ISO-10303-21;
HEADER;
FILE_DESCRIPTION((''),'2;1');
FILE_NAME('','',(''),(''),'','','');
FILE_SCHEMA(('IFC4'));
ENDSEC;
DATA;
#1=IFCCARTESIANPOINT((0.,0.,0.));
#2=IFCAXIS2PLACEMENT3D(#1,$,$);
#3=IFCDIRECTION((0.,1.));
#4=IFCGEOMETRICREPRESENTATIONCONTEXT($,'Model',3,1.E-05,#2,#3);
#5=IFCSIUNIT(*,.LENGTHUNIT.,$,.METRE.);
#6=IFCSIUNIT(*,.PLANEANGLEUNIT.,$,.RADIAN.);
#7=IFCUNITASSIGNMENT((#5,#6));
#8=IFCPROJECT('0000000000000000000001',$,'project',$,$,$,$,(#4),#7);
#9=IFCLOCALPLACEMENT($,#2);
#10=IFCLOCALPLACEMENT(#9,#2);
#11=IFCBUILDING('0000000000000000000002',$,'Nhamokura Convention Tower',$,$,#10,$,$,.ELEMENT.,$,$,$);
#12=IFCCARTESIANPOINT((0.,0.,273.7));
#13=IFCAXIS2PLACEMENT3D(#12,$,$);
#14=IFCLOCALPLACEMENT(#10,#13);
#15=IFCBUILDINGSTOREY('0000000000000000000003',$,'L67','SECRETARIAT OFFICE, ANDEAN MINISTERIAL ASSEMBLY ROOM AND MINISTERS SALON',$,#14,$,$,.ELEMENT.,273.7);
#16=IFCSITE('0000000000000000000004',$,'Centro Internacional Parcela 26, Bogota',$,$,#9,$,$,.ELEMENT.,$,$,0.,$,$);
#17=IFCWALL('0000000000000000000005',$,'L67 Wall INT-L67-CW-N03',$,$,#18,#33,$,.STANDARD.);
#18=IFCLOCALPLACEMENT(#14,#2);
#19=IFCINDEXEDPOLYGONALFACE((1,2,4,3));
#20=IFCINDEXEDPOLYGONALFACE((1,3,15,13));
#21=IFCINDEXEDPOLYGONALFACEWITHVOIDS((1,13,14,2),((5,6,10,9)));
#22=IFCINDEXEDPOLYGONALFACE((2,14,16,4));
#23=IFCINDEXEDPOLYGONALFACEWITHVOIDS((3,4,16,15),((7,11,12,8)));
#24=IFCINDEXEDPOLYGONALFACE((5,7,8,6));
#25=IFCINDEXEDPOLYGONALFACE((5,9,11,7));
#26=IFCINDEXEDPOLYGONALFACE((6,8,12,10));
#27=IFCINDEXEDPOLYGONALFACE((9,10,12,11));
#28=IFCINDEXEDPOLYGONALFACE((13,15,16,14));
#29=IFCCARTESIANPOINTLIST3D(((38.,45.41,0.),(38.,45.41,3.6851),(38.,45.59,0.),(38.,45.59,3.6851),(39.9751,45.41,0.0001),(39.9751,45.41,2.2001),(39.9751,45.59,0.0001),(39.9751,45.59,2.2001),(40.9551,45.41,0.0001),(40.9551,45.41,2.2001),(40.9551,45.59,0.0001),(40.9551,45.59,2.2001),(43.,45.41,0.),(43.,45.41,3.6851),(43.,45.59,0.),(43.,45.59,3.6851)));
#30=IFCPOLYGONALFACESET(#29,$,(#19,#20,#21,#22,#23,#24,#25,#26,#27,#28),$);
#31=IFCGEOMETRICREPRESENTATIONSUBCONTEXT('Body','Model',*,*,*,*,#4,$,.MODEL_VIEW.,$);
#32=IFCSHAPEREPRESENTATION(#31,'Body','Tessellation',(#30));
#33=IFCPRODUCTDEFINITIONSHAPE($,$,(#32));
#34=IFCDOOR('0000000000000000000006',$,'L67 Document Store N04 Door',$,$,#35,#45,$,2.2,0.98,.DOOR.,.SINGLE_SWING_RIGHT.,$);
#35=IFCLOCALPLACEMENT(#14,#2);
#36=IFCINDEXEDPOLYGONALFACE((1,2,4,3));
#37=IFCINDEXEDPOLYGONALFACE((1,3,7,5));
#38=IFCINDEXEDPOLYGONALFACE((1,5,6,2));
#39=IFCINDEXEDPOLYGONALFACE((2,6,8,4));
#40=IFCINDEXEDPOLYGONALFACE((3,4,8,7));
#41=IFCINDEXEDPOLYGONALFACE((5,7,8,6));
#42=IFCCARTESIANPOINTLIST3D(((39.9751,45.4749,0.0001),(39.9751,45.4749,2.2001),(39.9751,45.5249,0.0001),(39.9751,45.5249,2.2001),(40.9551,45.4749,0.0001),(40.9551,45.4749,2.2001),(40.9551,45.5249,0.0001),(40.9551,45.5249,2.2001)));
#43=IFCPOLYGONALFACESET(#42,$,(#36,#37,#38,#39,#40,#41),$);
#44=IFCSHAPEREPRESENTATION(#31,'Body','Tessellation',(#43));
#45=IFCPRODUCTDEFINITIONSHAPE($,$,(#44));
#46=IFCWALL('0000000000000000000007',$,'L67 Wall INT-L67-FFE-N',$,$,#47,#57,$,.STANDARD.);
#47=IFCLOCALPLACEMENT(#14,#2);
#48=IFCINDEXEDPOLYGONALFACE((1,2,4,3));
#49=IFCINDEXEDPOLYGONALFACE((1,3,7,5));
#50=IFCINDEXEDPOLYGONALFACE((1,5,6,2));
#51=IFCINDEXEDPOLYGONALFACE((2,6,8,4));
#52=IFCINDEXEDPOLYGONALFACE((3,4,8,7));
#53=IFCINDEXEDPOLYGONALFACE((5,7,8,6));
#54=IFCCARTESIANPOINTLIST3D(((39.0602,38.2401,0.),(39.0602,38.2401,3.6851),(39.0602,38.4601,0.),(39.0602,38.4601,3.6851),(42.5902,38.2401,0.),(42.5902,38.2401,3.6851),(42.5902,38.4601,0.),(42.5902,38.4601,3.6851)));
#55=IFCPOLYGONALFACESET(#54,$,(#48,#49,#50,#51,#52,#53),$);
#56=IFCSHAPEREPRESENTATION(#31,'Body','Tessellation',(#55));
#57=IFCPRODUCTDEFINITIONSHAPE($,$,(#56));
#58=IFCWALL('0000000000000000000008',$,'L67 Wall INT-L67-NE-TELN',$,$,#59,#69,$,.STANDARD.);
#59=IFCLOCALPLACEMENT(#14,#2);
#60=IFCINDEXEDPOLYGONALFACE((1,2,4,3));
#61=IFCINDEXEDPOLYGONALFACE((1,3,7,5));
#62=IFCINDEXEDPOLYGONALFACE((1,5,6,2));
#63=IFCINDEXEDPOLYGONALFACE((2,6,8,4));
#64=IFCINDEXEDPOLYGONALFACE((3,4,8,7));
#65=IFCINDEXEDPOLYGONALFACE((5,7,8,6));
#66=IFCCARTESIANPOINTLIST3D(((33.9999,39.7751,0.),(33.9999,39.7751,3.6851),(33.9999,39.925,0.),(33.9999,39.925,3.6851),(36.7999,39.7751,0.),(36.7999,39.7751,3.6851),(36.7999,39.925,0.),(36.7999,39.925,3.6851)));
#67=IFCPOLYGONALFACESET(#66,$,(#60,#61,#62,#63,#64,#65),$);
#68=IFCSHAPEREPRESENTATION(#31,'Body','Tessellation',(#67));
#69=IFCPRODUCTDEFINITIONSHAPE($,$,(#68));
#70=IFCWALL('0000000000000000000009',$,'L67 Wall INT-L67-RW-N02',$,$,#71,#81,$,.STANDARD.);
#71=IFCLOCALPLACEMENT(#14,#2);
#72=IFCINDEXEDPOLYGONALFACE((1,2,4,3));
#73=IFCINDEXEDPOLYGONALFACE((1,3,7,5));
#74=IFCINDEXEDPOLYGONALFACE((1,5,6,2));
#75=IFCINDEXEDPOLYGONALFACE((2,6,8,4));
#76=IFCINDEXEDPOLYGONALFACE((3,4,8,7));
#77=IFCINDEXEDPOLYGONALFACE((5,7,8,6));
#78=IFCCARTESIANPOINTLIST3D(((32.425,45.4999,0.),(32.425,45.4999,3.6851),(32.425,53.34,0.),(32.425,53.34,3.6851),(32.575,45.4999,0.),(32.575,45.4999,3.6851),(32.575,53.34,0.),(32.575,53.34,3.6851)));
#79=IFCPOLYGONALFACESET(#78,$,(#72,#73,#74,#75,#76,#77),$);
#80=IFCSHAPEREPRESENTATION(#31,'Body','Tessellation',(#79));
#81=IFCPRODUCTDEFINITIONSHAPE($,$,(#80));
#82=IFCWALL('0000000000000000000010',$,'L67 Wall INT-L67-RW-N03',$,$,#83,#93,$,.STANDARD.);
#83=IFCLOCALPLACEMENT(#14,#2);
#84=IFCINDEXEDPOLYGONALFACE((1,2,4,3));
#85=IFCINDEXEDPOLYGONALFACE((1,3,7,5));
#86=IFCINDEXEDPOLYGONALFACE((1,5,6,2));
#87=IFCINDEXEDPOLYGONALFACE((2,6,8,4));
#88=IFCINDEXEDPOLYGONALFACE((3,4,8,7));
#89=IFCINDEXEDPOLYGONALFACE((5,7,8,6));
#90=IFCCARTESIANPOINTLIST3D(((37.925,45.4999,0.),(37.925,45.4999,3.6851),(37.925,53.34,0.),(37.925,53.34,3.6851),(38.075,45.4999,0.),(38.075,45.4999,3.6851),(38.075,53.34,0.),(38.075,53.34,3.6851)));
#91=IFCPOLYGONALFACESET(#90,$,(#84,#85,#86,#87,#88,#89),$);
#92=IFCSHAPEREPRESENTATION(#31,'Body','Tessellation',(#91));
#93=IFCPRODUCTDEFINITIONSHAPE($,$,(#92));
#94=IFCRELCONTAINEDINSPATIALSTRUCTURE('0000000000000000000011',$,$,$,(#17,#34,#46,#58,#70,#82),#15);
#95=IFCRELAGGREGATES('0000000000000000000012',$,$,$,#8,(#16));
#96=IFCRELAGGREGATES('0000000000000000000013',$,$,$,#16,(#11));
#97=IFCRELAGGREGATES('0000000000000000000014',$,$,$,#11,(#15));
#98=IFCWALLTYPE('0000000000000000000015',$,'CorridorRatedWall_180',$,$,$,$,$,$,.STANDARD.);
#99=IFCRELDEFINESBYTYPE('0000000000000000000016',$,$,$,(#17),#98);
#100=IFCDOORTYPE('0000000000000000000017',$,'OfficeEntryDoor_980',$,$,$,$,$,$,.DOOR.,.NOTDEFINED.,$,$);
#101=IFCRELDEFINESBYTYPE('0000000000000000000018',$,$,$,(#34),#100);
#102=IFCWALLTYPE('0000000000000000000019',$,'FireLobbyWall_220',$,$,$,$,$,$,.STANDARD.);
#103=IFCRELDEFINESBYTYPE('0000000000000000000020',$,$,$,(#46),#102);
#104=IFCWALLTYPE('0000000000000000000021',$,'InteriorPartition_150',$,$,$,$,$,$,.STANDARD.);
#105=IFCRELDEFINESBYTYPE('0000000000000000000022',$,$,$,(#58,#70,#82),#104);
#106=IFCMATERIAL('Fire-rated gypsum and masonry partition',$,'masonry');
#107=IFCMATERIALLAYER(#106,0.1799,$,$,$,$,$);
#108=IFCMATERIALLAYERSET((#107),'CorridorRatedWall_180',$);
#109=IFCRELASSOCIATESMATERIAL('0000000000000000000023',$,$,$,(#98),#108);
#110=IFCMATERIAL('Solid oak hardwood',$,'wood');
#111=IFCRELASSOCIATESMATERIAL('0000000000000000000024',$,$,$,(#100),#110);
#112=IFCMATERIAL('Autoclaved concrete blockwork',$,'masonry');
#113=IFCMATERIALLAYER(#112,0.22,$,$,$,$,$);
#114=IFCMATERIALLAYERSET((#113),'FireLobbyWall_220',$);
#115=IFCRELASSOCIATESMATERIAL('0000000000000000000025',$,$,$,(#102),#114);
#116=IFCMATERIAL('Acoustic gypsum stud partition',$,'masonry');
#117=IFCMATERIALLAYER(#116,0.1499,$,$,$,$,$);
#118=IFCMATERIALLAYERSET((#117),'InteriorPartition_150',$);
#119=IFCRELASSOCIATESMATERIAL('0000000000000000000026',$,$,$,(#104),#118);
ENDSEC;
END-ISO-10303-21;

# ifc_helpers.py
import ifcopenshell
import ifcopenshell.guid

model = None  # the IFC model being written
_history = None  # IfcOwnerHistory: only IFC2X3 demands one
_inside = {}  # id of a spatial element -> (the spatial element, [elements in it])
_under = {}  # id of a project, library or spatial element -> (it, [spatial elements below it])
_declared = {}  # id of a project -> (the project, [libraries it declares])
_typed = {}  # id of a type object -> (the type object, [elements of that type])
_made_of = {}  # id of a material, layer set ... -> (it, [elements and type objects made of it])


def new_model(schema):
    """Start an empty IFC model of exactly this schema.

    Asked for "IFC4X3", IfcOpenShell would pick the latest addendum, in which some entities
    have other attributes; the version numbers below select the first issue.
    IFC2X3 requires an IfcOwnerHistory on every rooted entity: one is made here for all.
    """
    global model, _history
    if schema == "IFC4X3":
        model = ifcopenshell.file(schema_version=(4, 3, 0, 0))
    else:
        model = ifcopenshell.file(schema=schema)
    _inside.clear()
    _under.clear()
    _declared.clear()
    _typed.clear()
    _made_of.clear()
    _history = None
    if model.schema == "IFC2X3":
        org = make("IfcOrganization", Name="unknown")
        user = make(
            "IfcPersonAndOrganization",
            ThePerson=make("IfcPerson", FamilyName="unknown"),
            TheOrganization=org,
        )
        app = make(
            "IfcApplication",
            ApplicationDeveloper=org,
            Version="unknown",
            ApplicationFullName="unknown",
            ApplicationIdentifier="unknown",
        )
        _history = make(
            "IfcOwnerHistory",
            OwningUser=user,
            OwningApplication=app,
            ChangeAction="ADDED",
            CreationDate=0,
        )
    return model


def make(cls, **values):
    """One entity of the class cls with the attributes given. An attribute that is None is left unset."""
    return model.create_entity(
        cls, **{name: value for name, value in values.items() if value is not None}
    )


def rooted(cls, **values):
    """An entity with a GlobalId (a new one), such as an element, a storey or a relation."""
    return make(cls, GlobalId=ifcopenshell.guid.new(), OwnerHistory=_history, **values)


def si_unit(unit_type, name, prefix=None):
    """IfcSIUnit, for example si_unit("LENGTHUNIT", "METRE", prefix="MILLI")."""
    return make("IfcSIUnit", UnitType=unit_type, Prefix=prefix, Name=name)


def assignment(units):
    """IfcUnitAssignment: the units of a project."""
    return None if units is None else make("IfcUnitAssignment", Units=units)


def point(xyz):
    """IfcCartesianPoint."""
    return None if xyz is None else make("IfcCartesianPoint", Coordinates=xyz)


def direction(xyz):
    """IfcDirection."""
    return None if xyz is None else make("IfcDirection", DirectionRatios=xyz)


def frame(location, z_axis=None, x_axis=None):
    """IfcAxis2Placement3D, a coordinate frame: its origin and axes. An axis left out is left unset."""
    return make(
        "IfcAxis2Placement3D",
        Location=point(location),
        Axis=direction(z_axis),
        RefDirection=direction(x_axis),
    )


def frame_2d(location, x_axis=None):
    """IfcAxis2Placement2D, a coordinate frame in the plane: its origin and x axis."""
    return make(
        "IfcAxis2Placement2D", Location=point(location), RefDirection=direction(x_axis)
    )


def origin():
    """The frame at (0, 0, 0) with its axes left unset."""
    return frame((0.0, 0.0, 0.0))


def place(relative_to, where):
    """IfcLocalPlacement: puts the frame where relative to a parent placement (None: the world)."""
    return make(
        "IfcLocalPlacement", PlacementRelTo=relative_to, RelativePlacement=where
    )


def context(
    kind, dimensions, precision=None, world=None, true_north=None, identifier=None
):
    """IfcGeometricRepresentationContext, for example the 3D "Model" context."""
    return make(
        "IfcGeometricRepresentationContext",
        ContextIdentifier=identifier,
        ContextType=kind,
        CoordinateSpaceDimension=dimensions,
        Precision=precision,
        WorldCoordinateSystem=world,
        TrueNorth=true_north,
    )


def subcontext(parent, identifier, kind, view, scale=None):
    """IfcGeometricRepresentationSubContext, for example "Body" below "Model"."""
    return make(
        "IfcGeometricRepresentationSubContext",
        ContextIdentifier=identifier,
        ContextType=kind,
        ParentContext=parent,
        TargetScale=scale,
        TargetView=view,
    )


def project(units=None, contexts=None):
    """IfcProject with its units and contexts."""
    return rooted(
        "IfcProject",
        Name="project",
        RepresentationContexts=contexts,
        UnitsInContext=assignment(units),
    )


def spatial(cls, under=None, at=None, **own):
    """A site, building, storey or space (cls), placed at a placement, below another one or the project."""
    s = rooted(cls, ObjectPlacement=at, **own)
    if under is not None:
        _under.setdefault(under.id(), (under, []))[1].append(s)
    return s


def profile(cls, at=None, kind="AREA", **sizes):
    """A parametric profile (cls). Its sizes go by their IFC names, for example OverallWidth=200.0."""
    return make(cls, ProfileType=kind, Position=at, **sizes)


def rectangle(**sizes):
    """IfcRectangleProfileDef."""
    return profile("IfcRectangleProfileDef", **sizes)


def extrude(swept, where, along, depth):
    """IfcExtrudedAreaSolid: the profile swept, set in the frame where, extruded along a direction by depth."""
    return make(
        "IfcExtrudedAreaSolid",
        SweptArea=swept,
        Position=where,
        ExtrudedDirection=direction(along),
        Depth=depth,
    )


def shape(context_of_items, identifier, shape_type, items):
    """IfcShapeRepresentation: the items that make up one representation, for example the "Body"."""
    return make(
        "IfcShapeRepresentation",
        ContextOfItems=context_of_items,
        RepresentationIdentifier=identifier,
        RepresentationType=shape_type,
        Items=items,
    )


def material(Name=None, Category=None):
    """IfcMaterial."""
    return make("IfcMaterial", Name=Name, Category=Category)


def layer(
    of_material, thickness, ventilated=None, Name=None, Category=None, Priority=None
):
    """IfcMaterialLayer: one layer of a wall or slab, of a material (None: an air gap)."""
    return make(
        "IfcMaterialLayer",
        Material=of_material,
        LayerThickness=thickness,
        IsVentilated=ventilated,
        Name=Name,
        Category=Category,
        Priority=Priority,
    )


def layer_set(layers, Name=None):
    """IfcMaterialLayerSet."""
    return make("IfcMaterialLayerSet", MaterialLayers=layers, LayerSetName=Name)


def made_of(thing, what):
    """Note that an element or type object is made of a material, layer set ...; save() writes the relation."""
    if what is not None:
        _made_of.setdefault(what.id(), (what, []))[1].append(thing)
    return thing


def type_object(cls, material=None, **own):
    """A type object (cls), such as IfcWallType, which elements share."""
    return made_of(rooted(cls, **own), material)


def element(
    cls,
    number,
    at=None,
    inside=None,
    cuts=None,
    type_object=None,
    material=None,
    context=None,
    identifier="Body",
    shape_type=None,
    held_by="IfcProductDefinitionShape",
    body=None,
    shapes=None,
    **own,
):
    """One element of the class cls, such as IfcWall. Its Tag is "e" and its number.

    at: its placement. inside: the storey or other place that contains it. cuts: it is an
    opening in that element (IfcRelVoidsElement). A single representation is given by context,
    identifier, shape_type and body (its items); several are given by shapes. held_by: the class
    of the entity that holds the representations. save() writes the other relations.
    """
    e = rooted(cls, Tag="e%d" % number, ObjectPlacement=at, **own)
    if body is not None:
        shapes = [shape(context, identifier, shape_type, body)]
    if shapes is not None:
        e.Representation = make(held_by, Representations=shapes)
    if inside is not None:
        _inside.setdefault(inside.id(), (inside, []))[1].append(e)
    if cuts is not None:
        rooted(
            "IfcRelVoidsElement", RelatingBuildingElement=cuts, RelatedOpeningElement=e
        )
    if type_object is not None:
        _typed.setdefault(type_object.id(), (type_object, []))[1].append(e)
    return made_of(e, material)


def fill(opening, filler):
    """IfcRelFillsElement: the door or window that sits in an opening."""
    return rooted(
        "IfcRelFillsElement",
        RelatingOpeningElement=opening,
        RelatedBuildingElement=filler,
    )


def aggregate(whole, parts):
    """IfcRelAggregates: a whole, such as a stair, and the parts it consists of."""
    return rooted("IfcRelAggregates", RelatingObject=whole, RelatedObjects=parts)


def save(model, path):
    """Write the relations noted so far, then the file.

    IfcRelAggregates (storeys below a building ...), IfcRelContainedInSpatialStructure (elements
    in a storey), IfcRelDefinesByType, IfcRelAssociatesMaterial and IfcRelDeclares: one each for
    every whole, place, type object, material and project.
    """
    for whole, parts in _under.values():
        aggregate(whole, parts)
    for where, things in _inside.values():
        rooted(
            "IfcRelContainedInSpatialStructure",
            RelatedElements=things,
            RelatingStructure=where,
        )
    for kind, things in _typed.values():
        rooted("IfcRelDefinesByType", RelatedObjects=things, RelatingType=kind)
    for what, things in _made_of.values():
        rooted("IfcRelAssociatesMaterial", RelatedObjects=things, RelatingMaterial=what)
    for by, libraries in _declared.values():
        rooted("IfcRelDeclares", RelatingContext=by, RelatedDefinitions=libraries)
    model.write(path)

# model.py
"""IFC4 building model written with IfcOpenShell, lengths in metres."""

from ifc_helpers import new_model, si_unit, direction, frame, frame_2d, origin, place, context, subcontext, project, spatial, rectangle, extrude, material, layer, layer_set, type_object, element, fill, save


model = new_model("IFC4")

# Units and contexts
model_context = context("Model", 3, precision=1e-05, world=origin(), true_north=direction((0.0, 1.0)))
body_context = subcontext(model_context, "Body", "Model", "MODEL_VIEW")
ifc_project = project(units=[si_unit("LENGTHUNIT", "METRE"), si_unit("PLANEANGLEUNIT", "RADIAN")], contexts=[model_context])

# Site, building, storey
site_placement = place(None, origin())
site = spatial("IfcSite", under=ifc_project, at=site_placement, Name="Centro Internacional Parcela 26, Bogota", CompositionType="ELEMENT", RefElevation=0.0)
building_placement = place(site_placement, origin())
building = spatial("IfcBuilding", under=site, at=building_placement, Name="Nhamokura Convention Tower", CompositionType="ELEMENT")
storey_placement = place(building_placement, frame((0.0, 0.0, 273.7)))
storey = spatial("IfcBuildingStorey", under=building, at=storey_placement, Name="L67", Description="SECRETARIAT OFFICE, ANDEAN MINISTERIAL ASSEMBLY ROOM AND MINISTERS SALON", CompositionType="ELEMENT", Elevation=273.7)

# Wall, opening, door
ifc_material_1 = material(Name="Fire-rated gypsum and masonry partition", Category="masonry")
ifc_layer_1 = layer(ifc_material_1, 0.1799)
ifc_layer_set_1 = layer_set([ifc_layer_1], Name="CorridorRatedWall_180")
wall_type_1 = type_object("IfcWallType", Name="CorridorRatedWall_180", PredefinedType="STANDARD", material=ifc_layer_set_1)
ifc_material_2 = material(Name="Solid oak hardwood", Category="wood")
door_type_1 = type_object("IfcDoorType", Name="OfficeEntryDoor_980", OperationType="NOTDEFINED", PredefinedType="DOOR", material=ifc_material_2)
wall_1_placement = place(storey_placement, frame((38.0, 45.5, 0.0), z_axis=(0.0, 0.0, 1.0), x_axis=(1.0, 0.0, 0.0)))
wall_1 = element("IfcWall", 1, at=wall_1_placement, inside=storey, type_object=wall_type_1, Name="L67 Wall INT-L67-CW-N03", PredefinedType="STANDARD", context=body_context, shape_type="SweptSolid", body=[
    extrude(rectangle(XDim=5.0, YDim=0.1799, at=frame_2d((2.5, 0.0))), origin(), (0.0, 0.0, 1.0), 3.6851),
])
opening_1_placement = place(wall_1_placement, frame((1.9751, 0.0, 0.0)))
opening_1 = element("IfcOpeningElement", 2, at=opening_1_placement, cuts=wall_1, PredefinedType="OPENING", context=body_context, shape_type="SweptSolid", body=[
    extrude(rectangle(XDim=0.98, YDim=2.2, at=frame_2d((0.49, 1.1001))), frame((0.0, 0.0999, 0.0), z_axis=(0.0, -1.0, 0.0), x_axis=(1.0, 0.0, 0.0)), (0.0, 0.0, 1.0), 0.2),
])
door_1_placement = place(opening_1_placement, origin())
door_1 = element("IfcDoor", 3, at=door_1_placement, inside=storey, type_object=door_type_1, Name="L67 Document Store N04 Door", OperationType="SINGLE_SWING_RIGHT", OverallHeight=2.2, OverallWidth=0.98, PredefinedType="DOOR", context=body_context, shape_type="SweptSolid", body=[
    extrude(rectangle(XDim=0.98, YDim=2.2, at=frame_2d((0.49, 1.1001))), frame((0.0, 0.0249, 0.0), z_axis=(0.0, -1.0, 0.0), x_axis=(1.0, 0.0, 0.0)), (0.0, 0.0, 1.0), 0.05),
])
fill(opening_1, door_1)

# Wall
ifc_material_3 = material(Name="Autoclaved concrete blockwork", Category="masonry")
ifc_layer_2 = layer(ifc_material_3, 0.22)
ifc_layer_set_2 = layer_set([ifc_layer_2], Name="FireLobbyWall_220")
wall_type_2 = type_object("IfcWallType", Name="FireLobbyWall_220", PredefinedType="STANDARD", material=ifc_layer_set_2)
wall_2_placement = place(storey_placement, frame((39.0601, 38.3501, 0.0), z_axis=(0.0, 0.0, 1.0), x_axis=(1.0, 0.0, 0.0)))
element("IfcWall", 4, at=wall_2_placement, inside=storey, type_object=wall_type_2, Name="L67 Wall INT-L67-FFE-N", PredefinedType="STANDARD", context=body_context, shape_type="SweptSolid", body=[
    extrude(rectangle(XDim=3.53, YDim=0.22, at=frame_2d((1.7651, 0.0))), origin(), (0.0, 0.0, 1.0), 3.6851),
])

# Walls
ifc_material_4 = material(Name="Acoustic gypsum stud partition", Category="masonry")
ifc_layer_3 = layer(ifc_material_4, 0.1499)
ifc_layer_set_3 = layer_set([ifc_layer_3], Name="InteriorPartition_150")
wall_type_3 = type_object("IfcWallType", Name="InteriorPartition_150", PredefinedType="STANDARD", material=ifc_layer_set_3)
wall_3_placement = place(storey_placement, frame((34.0, 39.8501, 0.0), z_axis=(0.0, 0.0, 1.0), x_axis=(1.0, 0.0, 0.0)))
element("IfcWall", 5, at=wall_3_placement, inside=storey, type_object=wall_type_3, Name="L67 Wall INT-L67-NE-TELN", PredefinedType="STANDARD", context=body_context, shape_type="SweptSolid", body=[
    extrude(rectangle(XDim=2.8, YDim=0.1499, at=frame_2d((1.3999, 0.0))), origin(), (0.0, 0.0, 1.0), 3.6851),
])
for number, where, z_axis, x_axis, name in (
    (6, (32.5, 45.5, 0.0), (0.0, 0.0, 1.0), (0.0, 1.0, 0.0), "L67 Wall INT-L67-RW-N02"),
    (7, (38.0, 45.5, 0.0), (0.0, 0.0, 1.0), (0.0, 1.0, 0.0), "L67 Wall INT-L67-RW-N03"),
):
    element("IfcWall", number, at=place(storey_placement, frame(where, z_axis=z_axis, x_axis=x_axis)), inside=storey, type_object=wall_type_3, Name=name, PredefinedType="STANDARD", context=body_context, shape_type="SweptSolid", body=[
        extrude(rectangle(XDim=7.8401, YDim=0.1499, at=frame_2d((3.9199, 0.0))), origin(), (0.0, 0.0, 1.0), 3.6851),
    ])

save(model, "model.ifc")
